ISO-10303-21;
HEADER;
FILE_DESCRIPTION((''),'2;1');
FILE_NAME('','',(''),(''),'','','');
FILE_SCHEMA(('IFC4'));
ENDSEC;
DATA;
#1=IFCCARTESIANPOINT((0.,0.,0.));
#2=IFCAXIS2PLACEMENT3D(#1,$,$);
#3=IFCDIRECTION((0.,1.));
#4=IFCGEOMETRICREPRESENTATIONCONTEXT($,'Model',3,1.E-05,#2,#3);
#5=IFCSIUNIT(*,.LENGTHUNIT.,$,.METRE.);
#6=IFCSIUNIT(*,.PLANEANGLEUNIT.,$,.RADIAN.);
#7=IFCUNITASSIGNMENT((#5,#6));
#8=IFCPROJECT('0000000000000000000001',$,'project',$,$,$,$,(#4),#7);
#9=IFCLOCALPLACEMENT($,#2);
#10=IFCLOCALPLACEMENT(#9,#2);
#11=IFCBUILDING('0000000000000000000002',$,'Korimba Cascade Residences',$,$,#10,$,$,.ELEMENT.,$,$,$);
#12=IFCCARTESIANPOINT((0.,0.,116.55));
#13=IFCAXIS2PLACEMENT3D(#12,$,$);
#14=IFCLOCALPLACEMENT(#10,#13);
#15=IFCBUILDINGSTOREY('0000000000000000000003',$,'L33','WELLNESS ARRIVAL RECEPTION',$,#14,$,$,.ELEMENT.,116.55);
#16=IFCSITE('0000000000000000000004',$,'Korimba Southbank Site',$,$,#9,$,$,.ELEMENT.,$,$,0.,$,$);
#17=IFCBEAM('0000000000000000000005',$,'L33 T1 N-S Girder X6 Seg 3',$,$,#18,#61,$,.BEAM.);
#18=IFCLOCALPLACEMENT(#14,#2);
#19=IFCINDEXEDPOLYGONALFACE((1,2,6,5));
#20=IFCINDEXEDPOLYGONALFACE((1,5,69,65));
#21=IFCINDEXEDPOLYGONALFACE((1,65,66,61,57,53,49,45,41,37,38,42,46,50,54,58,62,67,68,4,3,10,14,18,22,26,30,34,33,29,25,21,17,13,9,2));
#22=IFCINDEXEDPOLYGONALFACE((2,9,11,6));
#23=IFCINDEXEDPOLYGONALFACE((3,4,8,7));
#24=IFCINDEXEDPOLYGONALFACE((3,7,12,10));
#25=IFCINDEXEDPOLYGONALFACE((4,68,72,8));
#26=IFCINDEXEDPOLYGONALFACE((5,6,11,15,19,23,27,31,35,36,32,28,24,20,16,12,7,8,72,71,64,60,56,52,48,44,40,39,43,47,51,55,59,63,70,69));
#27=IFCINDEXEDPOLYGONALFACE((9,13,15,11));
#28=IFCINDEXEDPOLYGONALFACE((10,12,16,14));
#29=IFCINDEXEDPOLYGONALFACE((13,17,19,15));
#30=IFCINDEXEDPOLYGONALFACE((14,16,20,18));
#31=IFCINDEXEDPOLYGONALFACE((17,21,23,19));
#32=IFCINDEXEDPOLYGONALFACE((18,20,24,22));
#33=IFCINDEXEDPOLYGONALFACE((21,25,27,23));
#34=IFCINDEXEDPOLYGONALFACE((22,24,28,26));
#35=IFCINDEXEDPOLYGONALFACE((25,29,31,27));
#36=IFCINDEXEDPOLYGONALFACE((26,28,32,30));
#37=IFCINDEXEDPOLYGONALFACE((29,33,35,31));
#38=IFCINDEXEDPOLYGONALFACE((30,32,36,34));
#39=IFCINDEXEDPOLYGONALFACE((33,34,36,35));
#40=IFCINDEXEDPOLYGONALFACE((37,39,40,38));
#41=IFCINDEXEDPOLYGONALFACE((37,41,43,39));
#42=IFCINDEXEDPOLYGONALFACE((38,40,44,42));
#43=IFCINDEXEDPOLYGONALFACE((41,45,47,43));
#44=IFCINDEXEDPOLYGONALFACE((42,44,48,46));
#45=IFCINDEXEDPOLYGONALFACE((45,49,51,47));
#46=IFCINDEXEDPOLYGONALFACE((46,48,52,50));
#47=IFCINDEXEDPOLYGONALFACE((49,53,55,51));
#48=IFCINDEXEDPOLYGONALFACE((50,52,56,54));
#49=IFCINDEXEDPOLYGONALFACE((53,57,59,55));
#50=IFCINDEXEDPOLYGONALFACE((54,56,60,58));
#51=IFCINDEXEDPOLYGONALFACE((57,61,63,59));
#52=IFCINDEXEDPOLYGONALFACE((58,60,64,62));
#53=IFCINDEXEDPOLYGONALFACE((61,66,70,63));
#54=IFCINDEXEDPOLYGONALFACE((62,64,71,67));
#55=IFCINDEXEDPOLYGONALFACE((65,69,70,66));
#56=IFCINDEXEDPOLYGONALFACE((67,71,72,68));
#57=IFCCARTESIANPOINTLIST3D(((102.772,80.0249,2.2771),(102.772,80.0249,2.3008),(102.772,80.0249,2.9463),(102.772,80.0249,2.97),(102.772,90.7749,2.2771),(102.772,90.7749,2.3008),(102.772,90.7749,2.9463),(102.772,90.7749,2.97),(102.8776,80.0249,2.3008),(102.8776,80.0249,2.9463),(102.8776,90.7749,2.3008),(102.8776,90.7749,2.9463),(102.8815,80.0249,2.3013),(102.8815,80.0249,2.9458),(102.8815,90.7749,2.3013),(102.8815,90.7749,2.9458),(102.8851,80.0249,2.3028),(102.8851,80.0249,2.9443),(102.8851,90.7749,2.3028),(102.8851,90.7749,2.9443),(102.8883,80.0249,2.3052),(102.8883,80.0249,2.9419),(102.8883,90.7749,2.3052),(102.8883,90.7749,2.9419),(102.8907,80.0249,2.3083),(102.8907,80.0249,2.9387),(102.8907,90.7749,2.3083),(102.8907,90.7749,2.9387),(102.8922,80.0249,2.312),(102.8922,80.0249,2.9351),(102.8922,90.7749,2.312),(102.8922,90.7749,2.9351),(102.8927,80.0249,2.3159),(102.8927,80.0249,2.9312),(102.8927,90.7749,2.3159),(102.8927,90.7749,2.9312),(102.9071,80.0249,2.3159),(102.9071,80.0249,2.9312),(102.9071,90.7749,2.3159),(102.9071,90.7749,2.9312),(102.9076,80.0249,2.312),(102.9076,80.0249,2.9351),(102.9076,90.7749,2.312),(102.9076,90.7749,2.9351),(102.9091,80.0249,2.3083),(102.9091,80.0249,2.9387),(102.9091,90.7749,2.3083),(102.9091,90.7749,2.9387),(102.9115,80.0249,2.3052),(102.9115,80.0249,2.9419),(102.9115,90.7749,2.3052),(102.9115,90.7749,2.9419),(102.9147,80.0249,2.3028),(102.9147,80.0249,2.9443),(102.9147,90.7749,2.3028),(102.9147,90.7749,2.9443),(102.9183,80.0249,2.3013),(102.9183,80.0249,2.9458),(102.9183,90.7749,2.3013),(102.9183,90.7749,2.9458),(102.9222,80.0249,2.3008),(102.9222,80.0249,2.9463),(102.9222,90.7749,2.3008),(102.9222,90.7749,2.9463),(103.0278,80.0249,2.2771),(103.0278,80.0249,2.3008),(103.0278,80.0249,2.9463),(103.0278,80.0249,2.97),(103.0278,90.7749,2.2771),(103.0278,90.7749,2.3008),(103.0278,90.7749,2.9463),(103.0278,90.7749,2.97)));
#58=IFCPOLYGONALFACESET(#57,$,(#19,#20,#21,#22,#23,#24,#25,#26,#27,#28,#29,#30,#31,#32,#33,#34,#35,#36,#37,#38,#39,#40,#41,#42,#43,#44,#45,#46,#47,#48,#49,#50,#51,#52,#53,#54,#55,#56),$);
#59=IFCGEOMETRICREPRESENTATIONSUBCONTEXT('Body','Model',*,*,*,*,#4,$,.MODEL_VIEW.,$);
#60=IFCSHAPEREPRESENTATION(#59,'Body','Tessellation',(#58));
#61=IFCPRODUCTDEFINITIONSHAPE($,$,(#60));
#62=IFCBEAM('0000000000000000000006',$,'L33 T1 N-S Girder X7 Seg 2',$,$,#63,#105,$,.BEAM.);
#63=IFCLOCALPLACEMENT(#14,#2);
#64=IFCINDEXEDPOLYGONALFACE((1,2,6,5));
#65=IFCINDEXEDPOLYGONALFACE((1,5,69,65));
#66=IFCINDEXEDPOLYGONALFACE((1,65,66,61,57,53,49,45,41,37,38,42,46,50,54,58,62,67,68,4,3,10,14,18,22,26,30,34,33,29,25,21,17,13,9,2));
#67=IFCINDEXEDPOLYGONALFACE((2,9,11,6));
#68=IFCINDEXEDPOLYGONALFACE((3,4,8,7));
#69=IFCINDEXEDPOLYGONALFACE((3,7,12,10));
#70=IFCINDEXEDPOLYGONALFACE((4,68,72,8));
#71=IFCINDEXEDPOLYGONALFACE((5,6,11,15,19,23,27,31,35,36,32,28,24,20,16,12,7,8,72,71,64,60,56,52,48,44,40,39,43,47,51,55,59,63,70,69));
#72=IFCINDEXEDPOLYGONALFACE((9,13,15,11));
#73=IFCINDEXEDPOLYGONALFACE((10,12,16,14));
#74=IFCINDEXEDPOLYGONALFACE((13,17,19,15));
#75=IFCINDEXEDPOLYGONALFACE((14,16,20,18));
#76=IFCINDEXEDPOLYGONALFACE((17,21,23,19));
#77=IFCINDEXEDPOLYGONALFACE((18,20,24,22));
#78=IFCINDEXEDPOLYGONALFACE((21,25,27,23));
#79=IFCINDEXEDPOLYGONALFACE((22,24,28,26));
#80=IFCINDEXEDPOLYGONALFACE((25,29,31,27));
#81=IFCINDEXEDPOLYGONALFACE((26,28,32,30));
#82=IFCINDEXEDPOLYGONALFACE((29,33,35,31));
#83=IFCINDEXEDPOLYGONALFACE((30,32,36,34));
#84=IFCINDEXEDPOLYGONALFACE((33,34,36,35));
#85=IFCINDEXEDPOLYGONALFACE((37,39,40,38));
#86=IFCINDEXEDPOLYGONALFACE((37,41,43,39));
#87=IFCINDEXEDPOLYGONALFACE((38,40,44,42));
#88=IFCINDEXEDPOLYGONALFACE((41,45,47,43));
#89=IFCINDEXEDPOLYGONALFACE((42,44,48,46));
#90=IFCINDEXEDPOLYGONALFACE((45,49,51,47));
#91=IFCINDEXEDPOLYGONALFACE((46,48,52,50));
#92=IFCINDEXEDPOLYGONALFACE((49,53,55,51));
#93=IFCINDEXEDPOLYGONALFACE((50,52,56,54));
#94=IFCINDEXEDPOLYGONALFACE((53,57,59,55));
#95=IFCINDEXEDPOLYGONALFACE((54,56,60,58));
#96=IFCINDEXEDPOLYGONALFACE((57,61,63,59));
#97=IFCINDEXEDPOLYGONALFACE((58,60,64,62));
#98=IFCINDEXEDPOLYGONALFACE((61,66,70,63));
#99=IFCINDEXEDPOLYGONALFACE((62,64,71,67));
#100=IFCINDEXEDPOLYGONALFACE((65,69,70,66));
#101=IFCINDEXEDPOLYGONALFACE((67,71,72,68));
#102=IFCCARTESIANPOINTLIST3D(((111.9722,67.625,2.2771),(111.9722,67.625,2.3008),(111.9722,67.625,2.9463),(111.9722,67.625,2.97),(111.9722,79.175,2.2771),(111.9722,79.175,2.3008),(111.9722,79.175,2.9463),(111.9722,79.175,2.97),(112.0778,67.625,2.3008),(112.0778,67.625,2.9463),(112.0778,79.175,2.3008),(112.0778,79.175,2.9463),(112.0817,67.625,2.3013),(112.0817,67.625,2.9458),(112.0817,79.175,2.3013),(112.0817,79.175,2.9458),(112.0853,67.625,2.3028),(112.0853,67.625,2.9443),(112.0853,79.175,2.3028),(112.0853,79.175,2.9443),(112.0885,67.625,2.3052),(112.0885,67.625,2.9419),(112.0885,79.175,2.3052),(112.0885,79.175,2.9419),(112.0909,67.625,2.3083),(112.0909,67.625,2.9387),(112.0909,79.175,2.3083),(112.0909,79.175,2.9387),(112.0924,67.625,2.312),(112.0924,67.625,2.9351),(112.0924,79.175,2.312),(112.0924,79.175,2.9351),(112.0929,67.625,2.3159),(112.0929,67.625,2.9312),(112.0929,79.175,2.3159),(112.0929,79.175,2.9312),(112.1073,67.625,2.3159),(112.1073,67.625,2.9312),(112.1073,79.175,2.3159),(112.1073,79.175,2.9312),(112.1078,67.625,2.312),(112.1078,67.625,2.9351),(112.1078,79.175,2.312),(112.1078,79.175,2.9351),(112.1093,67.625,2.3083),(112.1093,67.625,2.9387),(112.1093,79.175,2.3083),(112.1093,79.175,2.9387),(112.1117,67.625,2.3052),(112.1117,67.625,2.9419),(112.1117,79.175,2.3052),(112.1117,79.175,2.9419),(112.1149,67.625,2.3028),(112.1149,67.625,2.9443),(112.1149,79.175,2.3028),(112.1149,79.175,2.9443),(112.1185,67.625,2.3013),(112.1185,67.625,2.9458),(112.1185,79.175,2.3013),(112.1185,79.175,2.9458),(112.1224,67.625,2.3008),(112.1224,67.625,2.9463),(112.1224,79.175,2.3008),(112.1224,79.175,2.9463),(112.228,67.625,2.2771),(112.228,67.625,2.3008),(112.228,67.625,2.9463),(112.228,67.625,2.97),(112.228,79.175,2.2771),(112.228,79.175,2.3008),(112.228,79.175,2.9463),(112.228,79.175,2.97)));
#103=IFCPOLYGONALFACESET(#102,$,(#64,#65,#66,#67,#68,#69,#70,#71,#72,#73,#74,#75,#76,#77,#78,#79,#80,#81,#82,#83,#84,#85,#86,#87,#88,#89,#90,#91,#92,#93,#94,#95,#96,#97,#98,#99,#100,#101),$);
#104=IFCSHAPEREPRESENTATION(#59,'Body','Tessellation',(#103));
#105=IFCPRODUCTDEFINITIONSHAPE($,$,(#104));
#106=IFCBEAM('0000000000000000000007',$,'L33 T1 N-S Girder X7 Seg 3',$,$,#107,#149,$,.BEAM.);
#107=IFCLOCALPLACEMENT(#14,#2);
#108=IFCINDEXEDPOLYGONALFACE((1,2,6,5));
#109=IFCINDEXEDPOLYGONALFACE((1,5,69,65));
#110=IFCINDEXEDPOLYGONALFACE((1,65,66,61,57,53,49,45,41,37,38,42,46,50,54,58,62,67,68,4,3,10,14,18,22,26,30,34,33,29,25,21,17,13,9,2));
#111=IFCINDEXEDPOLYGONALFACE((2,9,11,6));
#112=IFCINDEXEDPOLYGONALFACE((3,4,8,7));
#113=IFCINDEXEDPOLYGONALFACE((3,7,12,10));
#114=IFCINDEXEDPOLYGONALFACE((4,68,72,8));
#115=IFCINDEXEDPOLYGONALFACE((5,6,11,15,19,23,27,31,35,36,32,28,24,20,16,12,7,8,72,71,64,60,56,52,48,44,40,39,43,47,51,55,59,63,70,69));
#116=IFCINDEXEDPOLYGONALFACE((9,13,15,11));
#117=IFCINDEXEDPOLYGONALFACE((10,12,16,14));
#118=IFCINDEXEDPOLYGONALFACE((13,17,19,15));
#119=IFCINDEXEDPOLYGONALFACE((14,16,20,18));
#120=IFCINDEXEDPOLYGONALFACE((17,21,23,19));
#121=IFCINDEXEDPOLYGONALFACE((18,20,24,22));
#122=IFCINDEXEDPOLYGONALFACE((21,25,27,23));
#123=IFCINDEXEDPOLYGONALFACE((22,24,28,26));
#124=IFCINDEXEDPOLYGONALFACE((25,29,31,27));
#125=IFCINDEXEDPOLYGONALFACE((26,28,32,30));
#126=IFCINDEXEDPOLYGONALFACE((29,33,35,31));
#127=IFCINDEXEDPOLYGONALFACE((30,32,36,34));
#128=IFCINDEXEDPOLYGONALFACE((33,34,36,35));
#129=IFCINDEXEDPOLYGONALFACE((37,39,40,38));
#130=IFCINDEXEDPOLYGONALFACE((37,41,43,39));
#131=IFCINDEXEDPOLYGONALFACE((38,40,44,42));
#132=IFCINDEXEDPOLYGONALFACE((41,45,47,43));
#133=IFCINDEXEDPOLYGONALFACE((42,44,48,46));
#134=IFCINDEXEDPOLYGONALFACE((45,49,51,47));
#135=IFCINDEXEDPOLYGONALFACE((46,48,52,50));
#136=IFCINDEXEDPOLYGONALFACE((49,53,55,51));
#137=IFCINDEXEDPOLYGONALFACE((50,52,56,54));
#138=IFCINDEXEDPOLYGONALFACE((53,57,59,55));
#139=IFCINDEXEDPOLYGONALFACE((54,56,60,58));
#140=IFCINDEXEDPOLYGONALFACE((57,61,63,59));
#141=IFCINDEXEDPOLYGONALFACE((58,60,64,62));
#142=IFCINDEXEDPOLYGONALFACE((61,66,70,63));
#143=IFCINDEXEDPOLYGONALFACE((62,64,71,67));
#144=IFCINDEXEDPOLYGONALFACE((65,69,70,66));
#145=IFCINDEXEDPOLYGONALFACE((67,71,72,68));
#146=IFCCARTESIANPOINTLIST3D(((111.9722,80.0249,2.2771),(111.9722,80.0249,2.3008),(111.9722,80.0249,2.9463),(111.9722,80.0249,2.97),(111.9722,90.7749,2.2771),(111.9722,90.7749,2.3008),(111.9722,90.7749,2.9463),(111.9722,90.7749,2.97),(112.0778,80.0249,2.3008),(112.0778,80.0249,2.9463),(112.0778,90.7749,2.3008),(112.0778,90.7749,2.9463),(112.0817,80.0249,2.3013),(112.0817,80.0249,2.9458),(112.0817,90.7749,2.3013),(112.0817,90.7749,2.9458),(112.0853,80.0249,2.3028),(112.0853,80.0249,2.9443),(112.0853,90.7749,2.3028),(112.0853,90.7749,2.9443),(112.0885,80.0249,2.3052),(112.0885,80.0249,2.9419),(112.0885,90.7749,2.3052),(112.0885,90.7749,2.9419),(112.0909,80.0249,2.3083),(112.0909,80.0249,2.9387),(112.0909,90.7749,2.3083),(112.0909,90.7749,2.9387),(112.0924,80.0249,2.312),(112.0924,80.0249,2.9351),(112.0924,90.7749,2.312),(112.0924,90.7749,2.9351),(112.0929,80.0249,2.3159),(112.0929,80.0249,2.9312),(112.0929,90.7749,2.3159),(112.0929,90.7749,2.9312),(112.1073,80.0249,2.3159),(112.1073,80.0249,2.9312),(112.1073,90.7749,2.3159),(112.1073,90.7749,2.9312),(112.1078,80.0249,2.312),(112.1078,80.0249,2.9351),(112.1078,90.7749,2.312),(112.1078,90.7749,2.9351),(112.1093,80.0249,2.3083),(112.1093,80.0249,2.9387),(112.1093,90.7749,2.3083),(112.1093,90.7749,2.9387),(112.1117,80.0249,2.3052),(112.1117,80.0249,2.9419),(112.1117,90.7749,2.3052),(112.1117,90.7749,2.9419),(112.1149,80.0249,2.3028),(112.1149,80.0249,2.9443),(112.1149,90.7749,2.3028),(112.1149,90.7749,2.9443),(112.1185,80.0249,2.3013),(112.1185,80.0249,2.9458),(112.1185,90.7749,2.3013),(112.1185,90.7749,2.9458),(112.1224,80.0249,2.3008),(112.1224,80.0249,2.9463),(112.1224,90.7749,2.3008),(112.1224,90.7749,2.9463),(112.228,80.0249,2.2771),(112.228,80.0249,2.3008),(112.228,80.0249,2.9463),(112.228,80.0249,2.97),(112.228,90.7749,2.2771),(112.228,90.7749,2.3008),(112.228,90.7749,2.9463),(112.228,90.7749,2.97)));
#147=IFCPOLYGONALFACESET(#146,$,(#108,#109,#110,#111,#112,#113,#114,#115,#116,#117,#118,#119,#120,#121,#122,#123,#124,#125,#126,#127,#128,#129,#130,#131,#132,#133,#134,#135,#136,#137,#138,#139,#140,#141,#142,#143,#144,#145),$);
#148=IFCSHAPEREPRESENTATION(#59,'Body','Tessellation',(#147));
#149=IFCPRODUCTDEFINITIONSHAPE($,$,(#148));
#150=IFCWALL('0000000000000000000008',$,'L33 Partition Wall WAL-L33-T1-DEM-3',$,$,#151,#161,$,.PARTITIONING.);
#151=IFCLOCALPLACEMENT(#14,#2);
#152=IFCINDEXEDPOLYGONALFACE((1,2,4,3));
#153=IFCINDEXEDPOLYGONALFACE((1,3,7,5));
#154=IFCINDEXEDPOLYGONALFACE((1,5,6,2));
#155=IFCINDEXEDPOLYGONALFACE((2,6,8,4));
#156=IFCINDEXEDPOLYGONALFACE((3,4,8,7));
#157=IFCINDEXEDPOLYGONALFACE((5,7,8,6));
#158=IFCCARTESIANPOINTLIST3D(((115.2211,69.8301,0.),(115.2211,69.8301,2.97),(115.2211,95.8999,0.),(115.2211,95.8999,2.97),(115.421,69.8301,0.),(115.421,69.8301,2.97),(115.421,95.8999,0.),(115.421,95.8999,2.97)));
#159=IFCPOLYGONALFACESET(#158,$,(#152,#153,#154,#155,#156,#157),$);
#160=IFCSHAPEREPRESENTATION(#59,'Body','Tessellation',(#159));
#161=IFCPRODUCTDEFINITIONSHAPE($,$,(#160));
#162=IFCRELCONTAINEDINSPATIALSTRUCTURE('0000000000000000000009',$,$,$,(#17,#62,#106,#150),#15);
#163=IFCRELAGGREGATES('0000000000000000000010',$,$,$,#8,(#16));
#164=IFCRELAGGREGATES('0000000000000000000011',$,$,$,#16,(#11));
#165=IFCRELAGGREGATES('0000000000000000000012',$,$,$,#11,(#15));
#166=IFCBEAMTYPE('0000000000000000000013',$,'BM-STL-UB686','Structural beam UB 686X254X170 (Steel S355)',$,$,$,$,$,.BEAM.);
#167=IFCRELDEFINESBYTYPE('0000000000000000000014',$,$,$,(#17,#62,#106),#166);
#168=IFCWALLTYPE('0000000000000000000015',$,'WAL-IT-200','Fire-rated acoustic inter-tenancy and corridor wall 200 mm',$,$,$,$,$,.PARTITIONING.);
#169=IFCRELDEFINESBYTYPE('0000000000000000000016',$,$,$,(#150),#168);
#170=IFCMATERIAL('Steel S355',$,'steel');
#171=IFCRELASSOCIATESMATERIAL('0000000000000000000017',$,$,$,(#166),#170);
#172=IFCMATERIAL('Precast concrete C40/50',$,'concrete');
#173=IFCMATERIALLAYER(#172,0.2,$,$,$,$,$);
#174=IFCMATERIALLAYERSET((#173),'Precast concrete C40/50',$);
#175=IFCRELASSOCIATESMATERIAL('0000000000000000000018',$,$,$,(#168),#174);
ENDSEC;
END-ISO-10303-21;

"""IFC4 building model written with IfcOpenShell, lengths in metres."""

from ifc_helpers import new_model, si_unit, direction, frame, frame_2d, origin, origin_2d, place, context, subcontext, project, spatial, rectangle, i_section, extrude, material, layer, layer_set, material_profile, profile_set, type_object, element, save


model = new_model("IFC4")

# Units and contexts
model_context = context("Model", 3, precision=1e-05, world=origin(), true_north=direction((0.0, 1.0)))
body_context = subcontext(model_context, "Body", "Model", "MODEL_VIEW")
ifc_project = project(units=[si_unit("LENGTHUNIT", "METRE"), si_unit("PLANEANGLEUNIT", "RADIAN")], contexts=[model_context])

# Site, building, storey
site_placement = place(None, origin())
site = spatial("IfcSite", under=ifc_project, at=site_placement, Name="Korimba Southbank Site", CompositionType="ELEMENT", RefElevation=0.0)
building_placement = place(site_placement, origin())
building = spatial("IfcBuilding", under=site, at=building_placement, Name="Korimba Cascade Residences", CompositionType="ELEMENT")
storey_placement = place(building_placement, frame((0.0, 0.0, 116.55)))
storey = spatial("IfcBuildingStorey", under=building, at=storey_placement, Name="L33", Description="WELLNESS ARRIVAL RECEPTION", CompositionType="ELEMENT", Elevation=116.55)

# Beams
ifc_material_1 = material(Name="Steel S355", Category="steel")
ifc_material_profile_1 = material_profile(ifc_material_1, i_section(OverallWidth=0.2559, OverallDepth=0.6929, WebThickness=0.0144, FlangeThickness=0.0237, FilletRadius=0.0151, at=origin_2d()), Name="Steel S355")
ifc_profile_set_1 = profile_set([ifc_material_profile_1], Name="Steel S355")
beam_type_1 = type_object("IfcBeamType", Name="BM-STL-UB686", Description="Structural beam UB 686X254X170 (Steel S355)", PredefinedType="BEAM", material=ifc_profile_set_1)
beam_1_placement = place(storey_placement, frame((102.8999, 80.0249, 2.6235), z_axis=(0.0, 1.0, 0.0), x_axis=(-1.0, 0.0, 0.0)))
element("IfcBeam", 1, at=beam_1_placement, inside=storey, type_object=beam_type_1, Name="L33 T1 N-S Girder X6 Seg 3", PredefinedType="BEAM", context=body_context, shape_type="SweptSolid", body=[
    extrude(i_section(OverallWidth=0.2559, OverallDepth=0.6929, WebThickness=0.0144, FlangeThickness=0.0237, FilletRadius=0.0151, at=origin_2d()), origin(), (0.0, 0.0, 1.0), 10.75),
])
beam_2_placement = place(storey_placement, frame((112.1001, 67.625, 2.6235), z_axis=(0.0, 1.0, 0.0), x_axis=(-1.0, 0.0, 0.0)))
element("IfcBeam", 2, at=beam_2_placement, inside=storey, type_object=beam_type_1, Name="L33 T1 N-S Girder X7 Seg 2", PredefinedType="BEAM", context=body_context, shape_type="SweptSolid", body=[
    extrude(i_section(OverallWidth=0.2559, OverallDepth=0.6929, WebThickness=0.0144, FlangeThickness=0.0237, FilletRadius=0.0151, at=origin_2d()), origin(), (0.0, 0.0, 1.0), 11.55),
])
beam_3_placement = place(storey_placement, frame((112.1001, 80.0249, 2.6235), z_axis=(0.0, 1.0, 0.0), x_axis=(-1.0, 0.0, 0.0)))
element("IfcBeam", 3, at=beam_3_placement, inside=storey, type_object=beam_type_1, Name="L33 T1 N-S Girder X7 Seg 3", PredefinedType="BEAM", context=body_context, shape_type="SweptSolid", body=[
    extrude(i_section(OverallWidth=0.2559, OverallDepth=0.6929, WebThickness=0.0144, FlangeThickness=0.0237, FilletRadius=0.0151, at=origin_2d()), origin(), (0.0, 0.0, 1.0), 10.75),
])

# Wall
ifc_material_2 = material(Name="Precast concrete C40/50", Category="concrete")
ifc_layer_1 = layer(ifc_material_2, 0.2)
ifc_layer_set_1 = layer_set([ifc_layer_1], Name="Precast concrete C40/50")
wall_type_1 = type_object("IfcWallType", Name="WAL-IT-200", Description="Fire-rated acoustic inter-tenancy and corridor wall 200 mm", PredefinedType="PARTITIONING", material=ifc_layer_set_1)
wall_1_placement = place(storey_placement, frame((115.321, 69.8301, 0.0), z_axis=(0.0, 0.0, 1.0), x_axis=(0.0, 1.0, 0.0)))
element("IfcWall", 4, at=wall_1_placement, inside=storey, type_object=wall_type_1, Name="L33 Partition Wall WAL-L33-T1-DEM-3", PredefinedType="PARTITIONING", context=body_context, shape_type="SweptSolid", body=[
    extrude(rectangle(XDim=26.0698, YDim=0.2, at=frame_2d((13.0349, 0.0))), origin(), (0.0, 0.0, 1.0), 2.97),
])

save(model, "model.ifc")
